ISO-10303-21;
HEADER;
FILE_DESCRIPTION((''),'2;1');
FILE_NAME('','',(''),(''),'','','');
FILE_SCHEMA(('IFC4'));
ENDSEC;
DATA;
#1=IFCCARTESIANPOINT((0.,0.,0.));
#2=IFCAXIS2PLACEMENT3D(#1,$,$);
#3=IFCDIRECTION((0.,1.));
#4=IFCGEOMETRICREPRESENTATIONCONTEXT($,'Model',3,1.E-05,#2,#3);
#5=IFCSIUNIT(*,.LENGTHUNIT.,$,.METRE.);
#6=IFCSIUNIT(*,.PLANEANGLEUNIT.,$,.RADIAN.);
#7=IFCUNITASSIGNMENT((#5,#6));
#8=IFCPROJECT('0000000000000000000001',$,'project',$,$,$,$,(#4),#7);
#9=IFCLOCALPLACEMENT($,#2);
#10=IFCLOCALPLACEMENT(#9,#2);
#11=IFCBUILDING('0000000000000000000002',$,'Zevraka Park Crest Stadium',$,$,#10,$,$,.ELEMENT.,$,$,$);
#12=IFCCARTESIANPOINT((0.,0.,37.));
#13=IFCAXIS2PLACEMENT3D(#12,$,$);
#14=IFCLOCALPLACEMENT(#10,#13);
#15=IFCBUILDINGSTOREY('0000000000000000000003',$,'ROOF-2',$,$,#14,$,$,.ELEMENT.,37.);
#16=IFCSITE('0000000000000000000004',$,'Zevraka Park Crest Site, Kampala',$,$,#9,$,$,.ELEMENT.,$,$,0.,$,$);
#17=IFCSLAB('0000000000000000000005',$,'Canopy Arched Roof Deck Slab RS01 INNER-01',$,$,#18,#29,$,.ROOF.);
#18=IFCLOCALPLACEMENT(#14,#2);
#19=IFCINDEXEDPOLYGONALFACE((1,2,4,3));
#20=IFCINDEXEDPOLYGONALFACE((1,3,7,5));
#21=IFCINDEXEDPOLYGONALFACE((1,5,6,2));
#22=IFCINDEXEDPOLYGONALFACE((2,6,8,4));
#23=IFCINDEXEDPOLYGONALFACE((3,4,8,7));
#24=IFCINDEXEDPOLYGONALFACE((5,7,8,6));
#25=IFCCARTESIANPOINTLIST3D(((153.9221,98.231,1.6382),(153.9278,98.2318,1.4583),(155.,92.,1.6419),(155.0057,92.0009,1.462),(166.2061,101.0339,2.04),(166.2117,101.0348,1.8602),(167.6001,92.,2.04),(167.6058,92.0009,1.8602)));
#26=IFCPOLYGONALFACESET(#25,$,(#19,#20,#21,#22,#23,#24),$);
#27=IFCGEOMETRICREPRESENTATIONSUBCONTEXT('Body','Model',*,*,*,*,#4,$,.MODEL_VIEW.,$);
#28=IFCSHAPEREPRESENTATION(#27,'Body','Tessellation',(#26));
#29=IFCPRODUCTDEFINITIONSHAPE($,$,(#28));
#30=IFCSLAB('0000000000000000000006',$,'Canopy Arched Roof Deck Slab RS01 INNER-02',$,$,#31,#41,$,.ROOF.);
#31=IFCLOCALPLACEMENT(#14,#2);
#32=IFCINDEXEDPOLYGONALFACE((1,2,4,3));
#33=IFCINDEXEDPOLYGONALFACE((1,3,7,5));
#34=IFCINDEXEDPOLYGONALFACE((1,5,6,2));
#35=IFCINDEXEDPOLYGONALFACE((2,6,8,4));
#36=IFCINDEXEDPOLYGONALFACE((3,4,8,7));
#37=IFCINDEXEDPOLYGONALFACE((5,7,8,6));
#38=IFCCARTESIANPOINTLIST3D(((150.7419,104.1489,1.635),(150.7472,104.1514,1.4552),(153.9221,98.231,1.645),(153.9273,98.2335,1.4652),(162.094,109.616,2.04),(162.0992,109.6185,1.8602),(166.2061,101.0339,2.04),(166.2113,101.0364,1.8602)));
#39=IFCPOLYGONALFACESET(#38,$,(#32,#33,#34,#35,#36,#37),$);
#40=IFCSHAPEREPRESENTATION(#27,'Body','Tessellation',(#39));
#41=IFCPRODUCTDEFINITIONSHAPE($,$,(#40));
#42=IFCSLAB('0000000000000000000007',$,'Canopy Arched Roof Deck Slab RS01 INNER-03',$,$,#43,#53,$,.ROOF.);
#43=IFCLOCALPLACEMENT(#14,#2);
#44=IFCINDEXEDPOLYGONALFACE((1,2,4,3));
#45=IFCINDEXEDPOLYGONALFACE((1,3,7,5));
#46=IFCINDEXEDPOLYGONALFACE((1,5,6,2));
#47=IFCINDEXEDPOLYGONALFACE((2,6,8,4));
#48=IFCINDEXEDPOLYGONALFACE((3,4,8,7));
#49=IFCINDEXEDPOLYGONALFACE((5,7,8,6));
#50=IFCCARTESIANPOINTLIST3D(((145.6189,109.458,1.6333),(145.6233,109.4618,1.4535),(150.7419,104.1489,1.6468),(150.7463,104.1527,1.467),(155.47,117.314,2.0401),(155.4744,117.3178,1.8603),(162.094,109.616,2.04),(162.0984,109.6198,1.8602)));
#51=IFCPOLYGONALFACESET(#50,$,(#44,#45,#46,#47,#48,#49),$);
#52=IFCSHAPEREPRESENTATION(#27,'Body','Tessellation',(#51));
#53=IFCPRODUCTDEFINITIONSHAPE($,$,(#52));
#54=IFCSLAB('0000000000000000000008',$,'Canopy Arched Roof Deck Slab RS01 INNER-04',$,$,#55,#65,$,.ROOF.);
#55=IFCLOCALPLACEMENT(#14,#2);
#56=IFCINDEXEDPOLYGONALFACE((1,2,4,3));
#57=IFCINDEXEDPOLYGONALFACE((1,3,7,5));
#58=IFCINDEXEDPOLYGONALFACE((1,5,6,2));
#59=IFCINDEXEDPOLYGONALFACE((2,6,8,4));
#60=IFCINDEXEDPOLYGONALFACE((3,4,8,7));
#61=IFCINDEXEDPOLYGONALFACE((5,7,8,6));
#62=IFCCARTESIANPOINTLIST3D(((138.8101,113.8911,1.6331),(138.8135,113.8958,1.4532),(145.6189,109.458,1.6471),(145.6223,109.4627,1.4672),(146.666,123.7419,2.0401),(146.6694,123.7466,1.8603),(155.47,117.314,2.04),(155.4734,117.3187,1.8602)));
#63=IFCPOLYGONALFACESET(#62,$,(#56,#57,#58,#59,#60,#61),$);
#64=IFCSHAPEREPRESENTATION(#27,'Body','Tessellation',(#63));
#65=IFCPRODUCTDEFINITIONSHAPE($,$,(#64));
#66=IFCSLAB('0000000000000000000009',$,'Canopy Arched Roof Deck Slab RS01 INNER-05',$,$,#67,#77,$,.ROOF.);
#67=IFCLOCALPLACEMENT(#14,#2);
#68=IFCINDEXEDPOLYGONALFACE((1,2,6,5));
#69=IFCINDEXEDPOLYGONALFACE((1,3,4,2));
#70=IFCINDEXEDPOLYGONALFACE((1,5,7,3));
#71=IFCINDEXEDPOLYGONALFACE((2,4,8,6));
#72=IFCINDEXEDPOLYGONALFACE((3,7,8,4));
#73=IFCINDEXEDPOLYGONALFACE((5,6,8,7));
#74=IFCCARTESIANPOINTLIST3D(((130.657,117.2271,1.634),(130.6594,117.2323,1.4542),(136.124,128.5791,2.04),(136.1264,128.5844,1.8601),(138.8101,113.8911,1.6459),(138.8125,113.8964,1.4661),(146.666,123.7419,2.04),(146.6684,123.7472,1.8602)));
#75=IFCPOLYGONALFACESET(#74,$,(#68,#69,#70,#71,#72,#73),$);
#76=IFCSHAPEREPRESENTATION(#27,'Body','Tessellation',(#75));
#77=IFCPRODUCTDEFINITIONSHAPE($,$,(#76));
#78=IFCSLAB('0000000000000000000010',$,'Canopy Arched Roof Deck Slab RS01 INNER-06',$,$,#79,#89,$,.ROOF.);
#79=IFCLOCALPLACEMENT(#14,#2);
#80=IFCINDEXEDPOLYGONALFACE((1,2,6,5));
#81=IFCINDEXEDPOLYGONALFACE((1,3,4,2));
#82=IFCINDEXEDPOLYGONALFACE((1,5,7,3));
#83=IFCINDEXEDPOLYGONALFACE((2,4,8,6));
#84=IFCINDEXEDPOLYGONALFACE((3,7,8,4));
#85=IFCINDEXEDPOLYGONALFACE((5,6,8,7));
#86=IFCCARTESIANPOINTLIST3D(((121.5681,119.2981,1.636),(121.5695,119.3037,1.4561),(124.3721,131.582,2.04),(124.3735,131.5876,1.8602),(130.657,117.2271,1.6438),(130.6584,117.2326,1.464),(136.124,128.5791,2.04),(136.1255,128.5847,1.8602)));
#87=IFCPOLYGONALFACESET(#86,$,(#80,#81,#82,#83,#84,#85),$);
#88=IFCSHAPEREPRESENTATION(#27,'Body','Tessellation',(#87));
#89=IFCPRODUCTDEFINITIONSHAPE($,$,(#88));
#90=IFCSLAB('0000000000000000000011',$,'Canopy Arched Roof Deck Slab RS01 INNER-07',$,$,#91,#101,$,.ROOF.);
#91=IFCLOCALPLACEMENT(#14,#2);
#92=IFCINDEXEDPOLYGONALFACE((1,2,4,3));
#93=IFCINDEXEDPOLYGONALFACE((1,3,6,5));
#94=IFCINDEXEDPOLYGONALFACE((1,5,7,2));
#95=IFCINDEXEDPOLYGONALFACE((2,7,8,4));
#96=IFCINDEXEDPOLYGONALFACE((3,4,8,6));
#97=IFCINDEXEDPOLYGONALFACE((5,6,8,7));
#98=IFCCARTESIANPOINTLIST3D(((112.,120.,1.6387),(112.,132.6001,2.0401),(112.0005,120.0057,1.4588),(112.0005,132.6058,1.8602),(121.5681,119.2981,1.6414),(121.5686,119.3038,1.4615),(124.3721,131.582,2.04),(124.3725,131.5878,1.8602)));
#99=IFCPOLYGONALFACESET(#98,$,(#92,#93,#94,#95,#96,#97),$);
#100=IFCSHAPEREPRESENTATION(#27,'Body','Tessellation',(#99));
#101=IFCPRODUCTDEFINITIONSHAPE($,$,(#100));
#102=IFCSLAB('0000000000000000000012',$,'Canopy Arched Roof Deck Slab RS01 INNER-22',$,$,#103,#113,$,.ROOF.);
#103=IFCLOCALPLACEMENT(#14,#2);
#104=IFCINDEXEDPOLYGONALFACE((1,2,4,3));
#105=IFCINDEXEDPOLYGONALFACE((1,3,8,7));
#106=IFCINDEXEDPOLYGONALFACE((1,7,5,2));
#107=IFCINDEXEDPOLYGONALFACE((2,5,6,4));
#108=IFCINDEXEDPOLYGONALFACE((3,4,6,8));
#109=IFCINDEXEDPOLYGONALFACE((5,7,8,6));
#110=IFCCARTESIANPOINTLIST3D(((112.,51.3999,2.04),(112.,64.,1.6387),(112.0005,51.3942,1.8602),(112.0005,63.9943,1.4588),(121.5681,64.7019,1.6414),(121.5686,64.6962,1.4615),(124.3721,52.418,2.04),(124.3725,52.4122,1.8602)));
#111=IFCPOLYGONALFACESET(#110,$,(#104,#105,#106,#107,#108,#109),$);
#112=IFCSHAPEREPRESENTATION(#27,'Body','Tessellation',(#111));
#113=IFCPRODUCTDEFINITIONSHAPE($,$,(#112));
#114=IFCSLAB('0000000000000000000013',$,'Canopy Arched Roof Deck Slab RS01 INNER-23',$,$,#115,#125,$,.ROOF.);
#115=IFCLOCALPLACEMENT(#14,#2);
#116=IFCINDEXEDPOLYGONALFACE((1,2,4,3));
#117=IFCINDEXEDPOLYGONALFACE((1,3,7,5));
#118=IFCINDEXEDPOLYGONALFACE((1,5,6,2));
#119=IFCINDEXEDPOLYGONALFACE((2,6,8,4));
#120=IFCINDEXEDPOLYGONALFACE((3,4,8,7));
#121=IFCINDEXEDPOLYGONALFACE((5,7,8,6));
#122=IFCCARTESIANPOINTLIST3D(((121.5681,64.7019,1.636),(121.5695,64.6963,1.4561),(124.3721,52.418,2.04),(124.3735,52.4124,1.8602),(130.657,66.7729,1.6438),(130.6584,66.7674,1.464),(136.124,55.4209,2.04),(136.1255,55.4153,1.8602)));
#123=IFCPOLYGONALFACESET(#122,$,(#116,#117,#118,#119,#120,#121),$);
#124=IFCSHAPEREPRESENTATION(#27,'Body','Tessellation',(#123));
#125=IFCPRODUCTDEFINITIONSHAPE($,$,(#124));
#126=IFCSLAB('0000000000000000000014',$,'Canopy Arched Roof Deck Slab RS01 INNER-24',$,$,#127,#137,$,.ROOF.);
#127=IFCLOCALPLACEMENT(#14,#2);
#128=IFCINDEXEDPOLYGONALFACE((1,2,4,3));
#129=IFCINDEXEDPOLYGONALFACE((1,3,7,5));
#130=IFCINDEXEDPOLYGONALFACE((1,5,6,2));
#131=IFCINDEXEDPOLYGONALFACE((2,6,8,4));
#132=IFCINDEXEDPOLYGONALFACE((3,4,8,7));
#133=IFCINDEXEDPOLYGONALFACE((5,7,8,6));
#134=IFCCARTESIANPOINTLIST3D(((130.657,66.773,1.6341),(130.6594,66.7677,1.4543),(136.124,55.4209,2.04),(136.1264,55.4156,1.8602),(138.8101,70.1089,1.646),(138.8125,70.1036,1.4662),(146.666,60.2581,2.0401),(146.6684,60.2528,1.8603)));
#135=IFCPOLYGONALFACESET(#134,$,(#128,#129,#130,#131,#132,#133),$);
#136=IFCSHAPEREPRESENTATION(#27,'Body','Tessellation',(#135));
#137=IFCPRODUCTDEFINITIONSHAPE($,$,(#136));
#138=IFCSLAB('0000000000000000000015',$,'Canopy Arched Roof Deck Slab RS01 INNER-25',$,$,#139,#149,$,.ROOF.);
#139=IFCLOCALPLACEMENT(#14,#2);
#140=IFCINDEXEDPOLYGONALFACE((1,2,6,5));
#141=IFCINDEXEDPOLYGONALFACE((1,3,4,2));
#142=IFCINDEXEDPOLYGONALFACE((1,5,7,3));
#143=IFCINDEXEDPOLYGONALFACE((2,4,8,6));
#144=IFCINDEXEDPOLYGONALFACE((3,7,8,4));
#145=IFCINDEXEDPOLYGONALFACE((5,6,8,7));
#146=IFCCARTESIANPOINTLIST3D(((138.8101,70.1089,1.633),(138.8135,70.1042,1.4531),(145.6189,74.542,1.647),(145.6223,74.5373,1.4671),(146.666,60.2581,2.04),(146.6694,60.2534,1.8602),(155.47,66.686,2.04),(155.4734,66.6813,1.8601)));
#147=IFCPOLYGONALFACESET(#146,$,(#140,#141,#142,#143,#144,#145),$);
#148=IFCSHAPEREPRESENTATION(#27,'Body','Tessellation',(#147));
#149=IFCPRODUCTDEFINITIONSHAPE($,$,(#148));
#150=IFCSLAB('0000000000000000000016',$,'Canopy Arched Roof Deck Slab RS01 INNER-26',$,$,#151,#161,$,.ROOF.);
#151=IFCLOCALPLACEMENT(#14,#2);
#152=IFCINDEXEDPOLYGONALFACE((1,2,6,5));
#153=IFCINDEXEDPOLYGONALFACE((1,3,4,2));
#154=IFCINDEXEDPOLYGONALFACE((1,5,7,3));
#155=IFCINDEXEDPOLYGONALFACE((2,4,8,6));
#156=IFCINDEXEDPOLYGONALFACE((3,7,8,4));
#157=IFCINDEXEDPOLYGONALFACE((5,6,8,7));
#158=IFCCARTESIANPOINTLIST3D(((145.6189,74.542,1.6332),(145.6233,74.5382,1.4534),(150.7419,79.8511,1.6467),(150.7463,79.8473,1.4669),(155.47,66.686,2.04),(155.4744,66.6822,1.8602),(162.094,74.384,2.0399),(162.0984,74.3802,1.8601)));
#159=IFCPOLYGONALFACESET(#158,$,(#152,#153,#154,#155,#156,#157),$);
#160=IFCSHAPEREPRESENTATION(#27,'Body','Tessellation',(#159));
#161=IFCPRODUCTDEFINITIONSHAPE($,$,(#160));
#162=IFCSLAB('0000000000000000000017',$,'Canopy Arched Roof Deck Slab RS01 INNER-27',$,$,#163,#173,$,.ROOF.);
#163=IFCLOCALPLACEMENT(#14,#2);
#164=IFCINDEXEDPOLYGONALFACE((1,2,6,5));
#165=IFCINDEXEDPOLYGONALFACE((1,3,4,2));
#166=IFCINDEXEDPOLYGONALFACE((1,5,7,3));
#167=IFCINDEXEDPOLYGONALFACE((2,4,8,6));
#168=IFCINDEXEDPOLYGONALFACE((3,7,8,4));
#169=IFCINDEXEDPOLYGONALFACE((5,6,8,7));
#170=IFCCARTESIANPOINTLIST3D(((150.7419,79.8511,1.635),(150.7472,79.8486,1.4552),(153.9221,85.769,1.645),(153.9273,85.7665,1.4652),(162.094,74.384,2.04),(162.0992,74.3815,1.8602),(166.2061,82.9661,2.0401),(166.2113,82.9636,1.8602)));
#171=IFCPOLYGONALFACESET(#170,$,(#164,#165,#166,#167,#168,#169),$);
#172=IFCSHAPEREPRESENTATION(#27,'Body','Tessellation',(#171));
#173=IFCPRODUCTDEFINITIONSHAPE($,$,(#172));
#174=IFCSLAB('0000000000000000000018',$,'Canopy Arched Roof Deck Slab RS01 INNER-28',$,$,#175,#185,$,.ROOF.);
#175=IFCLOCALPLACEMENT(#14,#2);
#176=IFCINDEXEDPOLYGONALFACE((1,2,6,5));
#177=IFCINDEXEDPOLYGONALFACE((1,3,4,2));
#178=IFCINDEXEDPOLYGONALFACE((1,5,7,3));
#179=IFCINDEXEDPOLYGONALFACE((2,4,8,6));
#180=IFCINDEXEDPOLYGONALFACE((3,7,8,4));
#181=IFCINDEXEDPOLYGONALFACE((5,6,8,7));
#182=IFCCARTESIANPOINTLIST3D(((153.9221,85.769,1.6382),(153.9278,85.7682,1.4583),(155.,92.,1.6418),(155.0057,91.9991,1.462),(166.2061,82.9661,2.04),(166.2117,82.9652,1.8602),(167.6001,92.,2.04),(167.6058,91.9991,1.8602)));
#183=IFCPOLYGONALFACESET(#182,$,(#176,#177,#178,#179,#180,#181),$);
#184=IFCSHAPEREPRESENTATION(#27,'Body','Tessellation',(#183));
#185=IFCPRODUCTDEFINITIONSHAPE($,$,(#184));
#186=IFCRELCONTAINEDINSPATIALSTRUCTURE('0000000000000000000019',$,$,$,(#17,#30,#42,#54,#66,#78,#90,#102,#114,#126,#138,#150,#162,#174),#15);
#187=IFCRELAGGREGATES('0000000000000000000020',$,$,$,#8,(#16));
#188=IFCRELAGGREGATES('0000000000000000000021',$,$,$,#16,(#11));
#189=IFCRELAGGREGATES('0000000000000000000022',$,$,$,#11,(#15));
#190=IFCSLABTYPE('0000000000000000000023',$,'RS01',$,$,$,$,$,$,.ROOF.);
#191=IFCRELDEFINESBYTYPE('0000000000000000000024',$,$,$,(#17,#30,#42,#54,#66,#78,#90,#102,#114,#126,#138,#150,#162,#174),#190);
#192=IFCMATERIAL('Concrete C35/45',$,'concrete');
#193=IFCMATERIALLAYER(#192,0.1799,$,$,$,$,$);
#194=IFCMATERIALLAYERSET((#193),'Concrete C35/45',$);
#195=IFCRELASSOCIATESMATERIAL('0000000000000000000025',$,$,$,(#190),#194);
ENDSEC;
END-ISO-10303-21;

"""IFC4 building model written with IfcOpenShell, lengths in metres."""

from ifc_helpers import new_model, si_unit, direction, frame, origin, place, context, subcontext, project, spatial, polyline, outline, extrude, material, layer, layer_set, type_object, element, save


model = new_model("IFC4")

# Units and contexts
model_context = context("Model", 3, precision=1e-05, world=origin(), true_north=direction((0.0, 1.0)))
body_context = subcontext(model_context, "Body", "Model", "MODEL_VIEW")
ifc_project = project(units=[si_unit("LENGTHUNIT", "METRE"), si_unit("PLANEANGLEUNIT", "RADIAN")], contexts=[model_context])

# Site, building, storey
site_placement = place(None, origin())
site = spatial("IfcSite", under=ifc_project, at=site_placement, Name="Zevraka Park Crest Site, Kampala", CompositionType="ELEMENT", RefElevation=0.0)
building_placement = place(site_placement, origin())
building = spatial("IfcBuilding", under=site, at=building_placement, Name="Zevraka Park Crest Stadium", CompositionType="ELEMENT")
storey_placement = place(building_placement, frame((0.0, 0.0, 37.0)))
storey = spatial("IfcBuildingStorey", under=building, at=storey_placement, Name="ROOF-2", CompositionType="ELEMENT", Elevation=37.0)

# Slabs
ifc_material_1 = material(Name="Concrete C35/45", Category="concrete")
ifc_layer_1 = layer(ifc_material_1, 0.1799)
ifc_layer_set_1 = layer_set([ifc_layer_1], Name="Concrete C35/45")
slab_type = type_object("IfcSlabType", Name="RS01", PredefinedType="ROOF", material=ifc_layer_set_1)
slab_1_placement = place(storey_placement, frame((167.6001, 92.0, 2.04), z_axis=(-0.031586, -0.004875, 0.999489), x_axis=(-0.152507, 0.988302, 0.000001)))
element("IfcSlab", 1, at=slab_1_placement, inside=storey, type_object=slab_type, Name="Canopy Arched Roof Deck Slab RS01 INNER-01", PredefinedType="ROOF", context=body_context, shape_type="SweptSolid", body=[
    extrude(outline(polyline([(0.0, 0.0), (9.1409, 0.0), (8.2441, 12.5741), (1.9216, 12.4591), (0.0, 0.0)])), origin(), (0.0, 0.0, -1.0), 0.1799),
])
slab_2_placement = place(storey_placement, frame((166.2061, 101.0339, 2.04), z_axis=(-0.028974, -0.013882, 0.999484), x_axis=(-0.432106, 0.901823, -0.000001)))
element("IfcSlab", 2, at=slab_2_placement, inside=storey, type_object=slab_type, Name="Canopy Arched Roof Deck Slab RS01 INNER-02", PredefinedType="ROOF", context=body_context, shape_type="SweptSolid", body=[
    extrude(outline(polyline([(0.0, 0.0), (9.5163, 0.0), (9.4913, 12.6064), (2.7802, 12.2955), (0.0, 0.0)])), origin(), (0.0, 0.0, -1.0), 0.1799),
])
slab_3_placement = place(storey_placement, frame((162.094, 109.616, 2.04), z_axis=(-0.024473, -0.021071, 0.999478), x_axis=(-0.652251, 0.758003, 0.000009)))
element("IfcSlab", 3, at=slab_3_placement, inside=storey, type_object=slab_type, Name="Canopy Arched Roof Deck Slab RS01 INNER-03", PredefinedType="ROOF", context=body_context, shape_type="SweptSolid", body=[
    extrude(outline(polyline([(0.0, 0.0), (10.1556, 0.0), (10.6262, 12.5978), (3.2604, 12.1771), (0.0, 0.0)])), origin(), (0.0, 0.0, -1.0), 0.1799),
])
slab_4_placement = place(storey_placement, frame((155.47, 117.314, 2.04), z_axis=(-0.019052, -0.026107, 0.999478), x_axis=(-0.807639, 0.589677, 0.000007)))
element("IfcSlab", 4, at=slab_4_placement, inside=storey, type_object=slab_type, Name="Canopy Arched Roof Deck Slab RS01 INNER-04", PredefinedType="ROOF", context=body_context, shape_type="SweptSolid", body=[
    extrude(outline(polyline([(0.0, 0.0), (10.9009, 0.0), (11.4368, 12.595), (3.3236, 12.1601), (0.0, 0.0)])), origin(), (0.0, 0.0, -1.0), 0.1799),
])
slab_5_placement = place(storey_placement, frame((146.666, 123.7419, 2.04), z_axis=(-0.013436, -0.029271, 0.999481), x_axis=(-0.908888, 0.41704, -0.000005)))
element("IfcSlab", 5, at=slab_5_placement, inside=storey, type_object=slab_type, Name="Canopy Arched Roof Deck Slab RS01 INNER-05", PredefinedType="ROOF", context=body_context, shape_type="SweptSolid", body=[
    extrude(outline(polyline([(0.0, 0.0), (11.5988, 0.0), (11.8334, 12.6043), (3.032, 12.2359), (0.0, 0.0)])), origin(), (0.0, 0.0, -1.0), 0.1799),
])
slab_6_placement = place(storey_placement, frame((136.124, 128.5791, 2.04), z_axis=(-0.007938, -0.031064, 0.999486), x_axis=(-0.96887, 0.247571, 0.0)))
element("IfcSlab", 6, at=slab_6_placement, inside=storey, type_object=slab_type, Name="Canopy Arched Roof Deck Slab RS01 INNER-06", PredefinedType="ROOF", context=body_context, shape_type="SweptSolid", body=[
    extrude(outline(polyline([(0.0, 0.0), (12.1296, 0.0), (11.8051, 12.6022), (2.4864, 12.3585), (0.0, 0.0)])), origin(), (0.0, 0.0, -1.0), 0.1799),
])
slab_7_placement = place(storey_placement, frame((124.3721, 131.582, 2.04), z_axis=(-0.002618, -0.03184, 0.99949), x_axis=(-0.996631, 0.08201, 0.000002)))
element("IfcSlab", 7, at=slab_7_placement, inside=storey, type_object=slab_type, Name="Canopy Arched Roof Deck Slab RS01 INNER-07", PredefinedType="ROOF", context=body_context, shape_type="SweptSolid", body=[
    extrude(outline(polyline([(0.0, 0.0), (12.4139, 0.0), (11.3805, 12.5641), (1.7871, 12.4789), (0.0, 0.0)])), origin(), (0.0, 0.0, -1.0), 0.1799),
])
slab_8_placement = place(storey_placement, frame((112.0, 51.3999, 2.04), z_axis=(-0.002618, 0.03184, 0.99949), x_axis=(0.996631, 0.08201, -0.000002)))
element("IfcSlab", 8, at=slab_8_placement, inside=storey, type_object=slab_type, Name="Canopy Arched Roof Deck Slab RS01 INNER-22", PredefinedType="ROOF", context=body_context, shape_type="SweptSolid", body=[
    extrude(outline(polyline([(0.0, 0.0), (12.4139, 0.0), (10.6268, 12.4789), (1.0333, 12.5641), (0.0, 0.0)])), origin(), (0.0, 0.0, -1.0), 0.1799),
])
slab_9_placement = place(storey_placement, frame((124.3721, 52.418, 2.04), z_axis=(-0.007938, 0.031064, 0.999486), x_axis=(0.96887, 0.247571, 0.0)))
element("IfcSlab", 9, at=slab_9_placement, inside=storey, type_object=slab_type, Name="Canopy Arched Roof Deck Slab RS01 INNER-23", PredefinedType="ROOF", context=body_context, shape_type="SweptSolid", body=[
    extrude(outline(polyline([(0.0, 0.0), (12.1296, 0.0), (9.6431, 12.3585), (0.3245, 12.6022), (0.0, 0.0)])), origin(), (0.0, 0.0, -1.0), 0.1799),
])
slab_10_placement = place(storey_placement, frame((136.124, 55.4209, 2.04), z_axis=(-0.013436, 0.029271, 0.999481), x_axis=(0.908888, 0.41704, 0.000005)))
element("IfcSlab", 10, at=slab_10_placement, inside=storey, type_object=slab_type, Name="Canopy Arched Roof Deck Slab RS01 INNER-24", PredefinedType="ROOF", context=body_context, shape_type="SweptSolid", body=[
    extrude(outline(polyline([(0.0, 0.0), (11.5988, 0.0), (8.5668, 12.2359), (-0.2347, 12.6043), (0.0, 0.0)])), origin(), (0.0, 0.0, -1.0), 0.1799),
])
slab_11_placement = place(storey_placement, frame((146.666, 60.2581, 2.04), z_axis=(-0.019052, 0.026107, 0.999478), x_axis=(0.807639, 0.589677, -0.000007)))
element("IfcSlab", 11, at=slab_11_placement, inside=storey, type_object=slab_type, Name="Canopy Arched Roof Deck Slab RS01 INNER-25", PredefinedType="ROOF", context=body_context, shape_type="SweptSolid", body=[
    extrude(outline(polyline([(0.0, 0.0), (10.9009, 0.0), (7.5772, 12.1601), (-0.536, 12.595), (0.0, 0.0)])), origin(), (0.0, 0.0, -1.0), 0.1799),
])
slab_12_placement = place(storey_placement, frame((155.47, 66.686, 2.04), z_axis=(-0.024473, 0.021071, 0.999478), x_axis=(0.652251, 0.758003, -0.000009)))
element("IfcSlab", 12, at=slab_12_placement, inside=storey, type_object=slab_type, Name="Canopy Arched Roof Deck Slab RS01 INNER-26", PredefinedType="ROOF", context=body_context, shape_type="SweptSolid", body=[
    extrude(outline(polyline([(0.0, 0.0), (10.1556, 0.0), (6.8953, 12.1771), (-0.4705, 12.5978), (0.0, 0.0)])), origin(), (0.0, 0.0, -1.0), 0.1799),
])
slab_13_placement = place(storey_placement, frame((162.094, 74.384, 2.04), z_axis=(-0.028974, 0.013882, 0.999484), x_axis=(0.432106, 0.901823, 0.000001)))
element("IfcSlab", 13, at=slab_13_placement, inside=storey, type_object=slab_type, Name="Canopy Arched Roof Deck Slab RS01 INNER-27", PredefinedType="ROOF", context=body_context, shape_type="SweptSolid", body=[
    extrude(outline(polyline([(0.0, 0.0), (9.5163, 0.0), (6.7361, 12.2955), (0.025, 12.6064), (0.0, 0.0)])), origin(), (0.0, 0.0, -1.0), 0.1799),
])
slab_14_placement = place(storey_placement, frame((166.2061, 82.9661, 2.04), z_axis=(-0.031586, 0.004875, 0.999489), x_axis=(0.152507, 0.988302, -0.000001)))
element("IfcSlab", 14, at=slab_14_placement, inside=storey, type_object=slab_type, Name="Canopy Arched Roof Deck Slab RS01 INNER-28", PredefinedType="ROOF", context=body_context, shape_type="SweptSolid", body=[
    extrude(outline(polyline([(0.0, 0.0), (9.1409, 0.0), (7.2193, 12.4591), (0.8968, 12.5741), (0.0, 0.0)])), origin(), (0.0, 0.0, -1.0), 0.1799),
])

save(model, "model.ifc")
